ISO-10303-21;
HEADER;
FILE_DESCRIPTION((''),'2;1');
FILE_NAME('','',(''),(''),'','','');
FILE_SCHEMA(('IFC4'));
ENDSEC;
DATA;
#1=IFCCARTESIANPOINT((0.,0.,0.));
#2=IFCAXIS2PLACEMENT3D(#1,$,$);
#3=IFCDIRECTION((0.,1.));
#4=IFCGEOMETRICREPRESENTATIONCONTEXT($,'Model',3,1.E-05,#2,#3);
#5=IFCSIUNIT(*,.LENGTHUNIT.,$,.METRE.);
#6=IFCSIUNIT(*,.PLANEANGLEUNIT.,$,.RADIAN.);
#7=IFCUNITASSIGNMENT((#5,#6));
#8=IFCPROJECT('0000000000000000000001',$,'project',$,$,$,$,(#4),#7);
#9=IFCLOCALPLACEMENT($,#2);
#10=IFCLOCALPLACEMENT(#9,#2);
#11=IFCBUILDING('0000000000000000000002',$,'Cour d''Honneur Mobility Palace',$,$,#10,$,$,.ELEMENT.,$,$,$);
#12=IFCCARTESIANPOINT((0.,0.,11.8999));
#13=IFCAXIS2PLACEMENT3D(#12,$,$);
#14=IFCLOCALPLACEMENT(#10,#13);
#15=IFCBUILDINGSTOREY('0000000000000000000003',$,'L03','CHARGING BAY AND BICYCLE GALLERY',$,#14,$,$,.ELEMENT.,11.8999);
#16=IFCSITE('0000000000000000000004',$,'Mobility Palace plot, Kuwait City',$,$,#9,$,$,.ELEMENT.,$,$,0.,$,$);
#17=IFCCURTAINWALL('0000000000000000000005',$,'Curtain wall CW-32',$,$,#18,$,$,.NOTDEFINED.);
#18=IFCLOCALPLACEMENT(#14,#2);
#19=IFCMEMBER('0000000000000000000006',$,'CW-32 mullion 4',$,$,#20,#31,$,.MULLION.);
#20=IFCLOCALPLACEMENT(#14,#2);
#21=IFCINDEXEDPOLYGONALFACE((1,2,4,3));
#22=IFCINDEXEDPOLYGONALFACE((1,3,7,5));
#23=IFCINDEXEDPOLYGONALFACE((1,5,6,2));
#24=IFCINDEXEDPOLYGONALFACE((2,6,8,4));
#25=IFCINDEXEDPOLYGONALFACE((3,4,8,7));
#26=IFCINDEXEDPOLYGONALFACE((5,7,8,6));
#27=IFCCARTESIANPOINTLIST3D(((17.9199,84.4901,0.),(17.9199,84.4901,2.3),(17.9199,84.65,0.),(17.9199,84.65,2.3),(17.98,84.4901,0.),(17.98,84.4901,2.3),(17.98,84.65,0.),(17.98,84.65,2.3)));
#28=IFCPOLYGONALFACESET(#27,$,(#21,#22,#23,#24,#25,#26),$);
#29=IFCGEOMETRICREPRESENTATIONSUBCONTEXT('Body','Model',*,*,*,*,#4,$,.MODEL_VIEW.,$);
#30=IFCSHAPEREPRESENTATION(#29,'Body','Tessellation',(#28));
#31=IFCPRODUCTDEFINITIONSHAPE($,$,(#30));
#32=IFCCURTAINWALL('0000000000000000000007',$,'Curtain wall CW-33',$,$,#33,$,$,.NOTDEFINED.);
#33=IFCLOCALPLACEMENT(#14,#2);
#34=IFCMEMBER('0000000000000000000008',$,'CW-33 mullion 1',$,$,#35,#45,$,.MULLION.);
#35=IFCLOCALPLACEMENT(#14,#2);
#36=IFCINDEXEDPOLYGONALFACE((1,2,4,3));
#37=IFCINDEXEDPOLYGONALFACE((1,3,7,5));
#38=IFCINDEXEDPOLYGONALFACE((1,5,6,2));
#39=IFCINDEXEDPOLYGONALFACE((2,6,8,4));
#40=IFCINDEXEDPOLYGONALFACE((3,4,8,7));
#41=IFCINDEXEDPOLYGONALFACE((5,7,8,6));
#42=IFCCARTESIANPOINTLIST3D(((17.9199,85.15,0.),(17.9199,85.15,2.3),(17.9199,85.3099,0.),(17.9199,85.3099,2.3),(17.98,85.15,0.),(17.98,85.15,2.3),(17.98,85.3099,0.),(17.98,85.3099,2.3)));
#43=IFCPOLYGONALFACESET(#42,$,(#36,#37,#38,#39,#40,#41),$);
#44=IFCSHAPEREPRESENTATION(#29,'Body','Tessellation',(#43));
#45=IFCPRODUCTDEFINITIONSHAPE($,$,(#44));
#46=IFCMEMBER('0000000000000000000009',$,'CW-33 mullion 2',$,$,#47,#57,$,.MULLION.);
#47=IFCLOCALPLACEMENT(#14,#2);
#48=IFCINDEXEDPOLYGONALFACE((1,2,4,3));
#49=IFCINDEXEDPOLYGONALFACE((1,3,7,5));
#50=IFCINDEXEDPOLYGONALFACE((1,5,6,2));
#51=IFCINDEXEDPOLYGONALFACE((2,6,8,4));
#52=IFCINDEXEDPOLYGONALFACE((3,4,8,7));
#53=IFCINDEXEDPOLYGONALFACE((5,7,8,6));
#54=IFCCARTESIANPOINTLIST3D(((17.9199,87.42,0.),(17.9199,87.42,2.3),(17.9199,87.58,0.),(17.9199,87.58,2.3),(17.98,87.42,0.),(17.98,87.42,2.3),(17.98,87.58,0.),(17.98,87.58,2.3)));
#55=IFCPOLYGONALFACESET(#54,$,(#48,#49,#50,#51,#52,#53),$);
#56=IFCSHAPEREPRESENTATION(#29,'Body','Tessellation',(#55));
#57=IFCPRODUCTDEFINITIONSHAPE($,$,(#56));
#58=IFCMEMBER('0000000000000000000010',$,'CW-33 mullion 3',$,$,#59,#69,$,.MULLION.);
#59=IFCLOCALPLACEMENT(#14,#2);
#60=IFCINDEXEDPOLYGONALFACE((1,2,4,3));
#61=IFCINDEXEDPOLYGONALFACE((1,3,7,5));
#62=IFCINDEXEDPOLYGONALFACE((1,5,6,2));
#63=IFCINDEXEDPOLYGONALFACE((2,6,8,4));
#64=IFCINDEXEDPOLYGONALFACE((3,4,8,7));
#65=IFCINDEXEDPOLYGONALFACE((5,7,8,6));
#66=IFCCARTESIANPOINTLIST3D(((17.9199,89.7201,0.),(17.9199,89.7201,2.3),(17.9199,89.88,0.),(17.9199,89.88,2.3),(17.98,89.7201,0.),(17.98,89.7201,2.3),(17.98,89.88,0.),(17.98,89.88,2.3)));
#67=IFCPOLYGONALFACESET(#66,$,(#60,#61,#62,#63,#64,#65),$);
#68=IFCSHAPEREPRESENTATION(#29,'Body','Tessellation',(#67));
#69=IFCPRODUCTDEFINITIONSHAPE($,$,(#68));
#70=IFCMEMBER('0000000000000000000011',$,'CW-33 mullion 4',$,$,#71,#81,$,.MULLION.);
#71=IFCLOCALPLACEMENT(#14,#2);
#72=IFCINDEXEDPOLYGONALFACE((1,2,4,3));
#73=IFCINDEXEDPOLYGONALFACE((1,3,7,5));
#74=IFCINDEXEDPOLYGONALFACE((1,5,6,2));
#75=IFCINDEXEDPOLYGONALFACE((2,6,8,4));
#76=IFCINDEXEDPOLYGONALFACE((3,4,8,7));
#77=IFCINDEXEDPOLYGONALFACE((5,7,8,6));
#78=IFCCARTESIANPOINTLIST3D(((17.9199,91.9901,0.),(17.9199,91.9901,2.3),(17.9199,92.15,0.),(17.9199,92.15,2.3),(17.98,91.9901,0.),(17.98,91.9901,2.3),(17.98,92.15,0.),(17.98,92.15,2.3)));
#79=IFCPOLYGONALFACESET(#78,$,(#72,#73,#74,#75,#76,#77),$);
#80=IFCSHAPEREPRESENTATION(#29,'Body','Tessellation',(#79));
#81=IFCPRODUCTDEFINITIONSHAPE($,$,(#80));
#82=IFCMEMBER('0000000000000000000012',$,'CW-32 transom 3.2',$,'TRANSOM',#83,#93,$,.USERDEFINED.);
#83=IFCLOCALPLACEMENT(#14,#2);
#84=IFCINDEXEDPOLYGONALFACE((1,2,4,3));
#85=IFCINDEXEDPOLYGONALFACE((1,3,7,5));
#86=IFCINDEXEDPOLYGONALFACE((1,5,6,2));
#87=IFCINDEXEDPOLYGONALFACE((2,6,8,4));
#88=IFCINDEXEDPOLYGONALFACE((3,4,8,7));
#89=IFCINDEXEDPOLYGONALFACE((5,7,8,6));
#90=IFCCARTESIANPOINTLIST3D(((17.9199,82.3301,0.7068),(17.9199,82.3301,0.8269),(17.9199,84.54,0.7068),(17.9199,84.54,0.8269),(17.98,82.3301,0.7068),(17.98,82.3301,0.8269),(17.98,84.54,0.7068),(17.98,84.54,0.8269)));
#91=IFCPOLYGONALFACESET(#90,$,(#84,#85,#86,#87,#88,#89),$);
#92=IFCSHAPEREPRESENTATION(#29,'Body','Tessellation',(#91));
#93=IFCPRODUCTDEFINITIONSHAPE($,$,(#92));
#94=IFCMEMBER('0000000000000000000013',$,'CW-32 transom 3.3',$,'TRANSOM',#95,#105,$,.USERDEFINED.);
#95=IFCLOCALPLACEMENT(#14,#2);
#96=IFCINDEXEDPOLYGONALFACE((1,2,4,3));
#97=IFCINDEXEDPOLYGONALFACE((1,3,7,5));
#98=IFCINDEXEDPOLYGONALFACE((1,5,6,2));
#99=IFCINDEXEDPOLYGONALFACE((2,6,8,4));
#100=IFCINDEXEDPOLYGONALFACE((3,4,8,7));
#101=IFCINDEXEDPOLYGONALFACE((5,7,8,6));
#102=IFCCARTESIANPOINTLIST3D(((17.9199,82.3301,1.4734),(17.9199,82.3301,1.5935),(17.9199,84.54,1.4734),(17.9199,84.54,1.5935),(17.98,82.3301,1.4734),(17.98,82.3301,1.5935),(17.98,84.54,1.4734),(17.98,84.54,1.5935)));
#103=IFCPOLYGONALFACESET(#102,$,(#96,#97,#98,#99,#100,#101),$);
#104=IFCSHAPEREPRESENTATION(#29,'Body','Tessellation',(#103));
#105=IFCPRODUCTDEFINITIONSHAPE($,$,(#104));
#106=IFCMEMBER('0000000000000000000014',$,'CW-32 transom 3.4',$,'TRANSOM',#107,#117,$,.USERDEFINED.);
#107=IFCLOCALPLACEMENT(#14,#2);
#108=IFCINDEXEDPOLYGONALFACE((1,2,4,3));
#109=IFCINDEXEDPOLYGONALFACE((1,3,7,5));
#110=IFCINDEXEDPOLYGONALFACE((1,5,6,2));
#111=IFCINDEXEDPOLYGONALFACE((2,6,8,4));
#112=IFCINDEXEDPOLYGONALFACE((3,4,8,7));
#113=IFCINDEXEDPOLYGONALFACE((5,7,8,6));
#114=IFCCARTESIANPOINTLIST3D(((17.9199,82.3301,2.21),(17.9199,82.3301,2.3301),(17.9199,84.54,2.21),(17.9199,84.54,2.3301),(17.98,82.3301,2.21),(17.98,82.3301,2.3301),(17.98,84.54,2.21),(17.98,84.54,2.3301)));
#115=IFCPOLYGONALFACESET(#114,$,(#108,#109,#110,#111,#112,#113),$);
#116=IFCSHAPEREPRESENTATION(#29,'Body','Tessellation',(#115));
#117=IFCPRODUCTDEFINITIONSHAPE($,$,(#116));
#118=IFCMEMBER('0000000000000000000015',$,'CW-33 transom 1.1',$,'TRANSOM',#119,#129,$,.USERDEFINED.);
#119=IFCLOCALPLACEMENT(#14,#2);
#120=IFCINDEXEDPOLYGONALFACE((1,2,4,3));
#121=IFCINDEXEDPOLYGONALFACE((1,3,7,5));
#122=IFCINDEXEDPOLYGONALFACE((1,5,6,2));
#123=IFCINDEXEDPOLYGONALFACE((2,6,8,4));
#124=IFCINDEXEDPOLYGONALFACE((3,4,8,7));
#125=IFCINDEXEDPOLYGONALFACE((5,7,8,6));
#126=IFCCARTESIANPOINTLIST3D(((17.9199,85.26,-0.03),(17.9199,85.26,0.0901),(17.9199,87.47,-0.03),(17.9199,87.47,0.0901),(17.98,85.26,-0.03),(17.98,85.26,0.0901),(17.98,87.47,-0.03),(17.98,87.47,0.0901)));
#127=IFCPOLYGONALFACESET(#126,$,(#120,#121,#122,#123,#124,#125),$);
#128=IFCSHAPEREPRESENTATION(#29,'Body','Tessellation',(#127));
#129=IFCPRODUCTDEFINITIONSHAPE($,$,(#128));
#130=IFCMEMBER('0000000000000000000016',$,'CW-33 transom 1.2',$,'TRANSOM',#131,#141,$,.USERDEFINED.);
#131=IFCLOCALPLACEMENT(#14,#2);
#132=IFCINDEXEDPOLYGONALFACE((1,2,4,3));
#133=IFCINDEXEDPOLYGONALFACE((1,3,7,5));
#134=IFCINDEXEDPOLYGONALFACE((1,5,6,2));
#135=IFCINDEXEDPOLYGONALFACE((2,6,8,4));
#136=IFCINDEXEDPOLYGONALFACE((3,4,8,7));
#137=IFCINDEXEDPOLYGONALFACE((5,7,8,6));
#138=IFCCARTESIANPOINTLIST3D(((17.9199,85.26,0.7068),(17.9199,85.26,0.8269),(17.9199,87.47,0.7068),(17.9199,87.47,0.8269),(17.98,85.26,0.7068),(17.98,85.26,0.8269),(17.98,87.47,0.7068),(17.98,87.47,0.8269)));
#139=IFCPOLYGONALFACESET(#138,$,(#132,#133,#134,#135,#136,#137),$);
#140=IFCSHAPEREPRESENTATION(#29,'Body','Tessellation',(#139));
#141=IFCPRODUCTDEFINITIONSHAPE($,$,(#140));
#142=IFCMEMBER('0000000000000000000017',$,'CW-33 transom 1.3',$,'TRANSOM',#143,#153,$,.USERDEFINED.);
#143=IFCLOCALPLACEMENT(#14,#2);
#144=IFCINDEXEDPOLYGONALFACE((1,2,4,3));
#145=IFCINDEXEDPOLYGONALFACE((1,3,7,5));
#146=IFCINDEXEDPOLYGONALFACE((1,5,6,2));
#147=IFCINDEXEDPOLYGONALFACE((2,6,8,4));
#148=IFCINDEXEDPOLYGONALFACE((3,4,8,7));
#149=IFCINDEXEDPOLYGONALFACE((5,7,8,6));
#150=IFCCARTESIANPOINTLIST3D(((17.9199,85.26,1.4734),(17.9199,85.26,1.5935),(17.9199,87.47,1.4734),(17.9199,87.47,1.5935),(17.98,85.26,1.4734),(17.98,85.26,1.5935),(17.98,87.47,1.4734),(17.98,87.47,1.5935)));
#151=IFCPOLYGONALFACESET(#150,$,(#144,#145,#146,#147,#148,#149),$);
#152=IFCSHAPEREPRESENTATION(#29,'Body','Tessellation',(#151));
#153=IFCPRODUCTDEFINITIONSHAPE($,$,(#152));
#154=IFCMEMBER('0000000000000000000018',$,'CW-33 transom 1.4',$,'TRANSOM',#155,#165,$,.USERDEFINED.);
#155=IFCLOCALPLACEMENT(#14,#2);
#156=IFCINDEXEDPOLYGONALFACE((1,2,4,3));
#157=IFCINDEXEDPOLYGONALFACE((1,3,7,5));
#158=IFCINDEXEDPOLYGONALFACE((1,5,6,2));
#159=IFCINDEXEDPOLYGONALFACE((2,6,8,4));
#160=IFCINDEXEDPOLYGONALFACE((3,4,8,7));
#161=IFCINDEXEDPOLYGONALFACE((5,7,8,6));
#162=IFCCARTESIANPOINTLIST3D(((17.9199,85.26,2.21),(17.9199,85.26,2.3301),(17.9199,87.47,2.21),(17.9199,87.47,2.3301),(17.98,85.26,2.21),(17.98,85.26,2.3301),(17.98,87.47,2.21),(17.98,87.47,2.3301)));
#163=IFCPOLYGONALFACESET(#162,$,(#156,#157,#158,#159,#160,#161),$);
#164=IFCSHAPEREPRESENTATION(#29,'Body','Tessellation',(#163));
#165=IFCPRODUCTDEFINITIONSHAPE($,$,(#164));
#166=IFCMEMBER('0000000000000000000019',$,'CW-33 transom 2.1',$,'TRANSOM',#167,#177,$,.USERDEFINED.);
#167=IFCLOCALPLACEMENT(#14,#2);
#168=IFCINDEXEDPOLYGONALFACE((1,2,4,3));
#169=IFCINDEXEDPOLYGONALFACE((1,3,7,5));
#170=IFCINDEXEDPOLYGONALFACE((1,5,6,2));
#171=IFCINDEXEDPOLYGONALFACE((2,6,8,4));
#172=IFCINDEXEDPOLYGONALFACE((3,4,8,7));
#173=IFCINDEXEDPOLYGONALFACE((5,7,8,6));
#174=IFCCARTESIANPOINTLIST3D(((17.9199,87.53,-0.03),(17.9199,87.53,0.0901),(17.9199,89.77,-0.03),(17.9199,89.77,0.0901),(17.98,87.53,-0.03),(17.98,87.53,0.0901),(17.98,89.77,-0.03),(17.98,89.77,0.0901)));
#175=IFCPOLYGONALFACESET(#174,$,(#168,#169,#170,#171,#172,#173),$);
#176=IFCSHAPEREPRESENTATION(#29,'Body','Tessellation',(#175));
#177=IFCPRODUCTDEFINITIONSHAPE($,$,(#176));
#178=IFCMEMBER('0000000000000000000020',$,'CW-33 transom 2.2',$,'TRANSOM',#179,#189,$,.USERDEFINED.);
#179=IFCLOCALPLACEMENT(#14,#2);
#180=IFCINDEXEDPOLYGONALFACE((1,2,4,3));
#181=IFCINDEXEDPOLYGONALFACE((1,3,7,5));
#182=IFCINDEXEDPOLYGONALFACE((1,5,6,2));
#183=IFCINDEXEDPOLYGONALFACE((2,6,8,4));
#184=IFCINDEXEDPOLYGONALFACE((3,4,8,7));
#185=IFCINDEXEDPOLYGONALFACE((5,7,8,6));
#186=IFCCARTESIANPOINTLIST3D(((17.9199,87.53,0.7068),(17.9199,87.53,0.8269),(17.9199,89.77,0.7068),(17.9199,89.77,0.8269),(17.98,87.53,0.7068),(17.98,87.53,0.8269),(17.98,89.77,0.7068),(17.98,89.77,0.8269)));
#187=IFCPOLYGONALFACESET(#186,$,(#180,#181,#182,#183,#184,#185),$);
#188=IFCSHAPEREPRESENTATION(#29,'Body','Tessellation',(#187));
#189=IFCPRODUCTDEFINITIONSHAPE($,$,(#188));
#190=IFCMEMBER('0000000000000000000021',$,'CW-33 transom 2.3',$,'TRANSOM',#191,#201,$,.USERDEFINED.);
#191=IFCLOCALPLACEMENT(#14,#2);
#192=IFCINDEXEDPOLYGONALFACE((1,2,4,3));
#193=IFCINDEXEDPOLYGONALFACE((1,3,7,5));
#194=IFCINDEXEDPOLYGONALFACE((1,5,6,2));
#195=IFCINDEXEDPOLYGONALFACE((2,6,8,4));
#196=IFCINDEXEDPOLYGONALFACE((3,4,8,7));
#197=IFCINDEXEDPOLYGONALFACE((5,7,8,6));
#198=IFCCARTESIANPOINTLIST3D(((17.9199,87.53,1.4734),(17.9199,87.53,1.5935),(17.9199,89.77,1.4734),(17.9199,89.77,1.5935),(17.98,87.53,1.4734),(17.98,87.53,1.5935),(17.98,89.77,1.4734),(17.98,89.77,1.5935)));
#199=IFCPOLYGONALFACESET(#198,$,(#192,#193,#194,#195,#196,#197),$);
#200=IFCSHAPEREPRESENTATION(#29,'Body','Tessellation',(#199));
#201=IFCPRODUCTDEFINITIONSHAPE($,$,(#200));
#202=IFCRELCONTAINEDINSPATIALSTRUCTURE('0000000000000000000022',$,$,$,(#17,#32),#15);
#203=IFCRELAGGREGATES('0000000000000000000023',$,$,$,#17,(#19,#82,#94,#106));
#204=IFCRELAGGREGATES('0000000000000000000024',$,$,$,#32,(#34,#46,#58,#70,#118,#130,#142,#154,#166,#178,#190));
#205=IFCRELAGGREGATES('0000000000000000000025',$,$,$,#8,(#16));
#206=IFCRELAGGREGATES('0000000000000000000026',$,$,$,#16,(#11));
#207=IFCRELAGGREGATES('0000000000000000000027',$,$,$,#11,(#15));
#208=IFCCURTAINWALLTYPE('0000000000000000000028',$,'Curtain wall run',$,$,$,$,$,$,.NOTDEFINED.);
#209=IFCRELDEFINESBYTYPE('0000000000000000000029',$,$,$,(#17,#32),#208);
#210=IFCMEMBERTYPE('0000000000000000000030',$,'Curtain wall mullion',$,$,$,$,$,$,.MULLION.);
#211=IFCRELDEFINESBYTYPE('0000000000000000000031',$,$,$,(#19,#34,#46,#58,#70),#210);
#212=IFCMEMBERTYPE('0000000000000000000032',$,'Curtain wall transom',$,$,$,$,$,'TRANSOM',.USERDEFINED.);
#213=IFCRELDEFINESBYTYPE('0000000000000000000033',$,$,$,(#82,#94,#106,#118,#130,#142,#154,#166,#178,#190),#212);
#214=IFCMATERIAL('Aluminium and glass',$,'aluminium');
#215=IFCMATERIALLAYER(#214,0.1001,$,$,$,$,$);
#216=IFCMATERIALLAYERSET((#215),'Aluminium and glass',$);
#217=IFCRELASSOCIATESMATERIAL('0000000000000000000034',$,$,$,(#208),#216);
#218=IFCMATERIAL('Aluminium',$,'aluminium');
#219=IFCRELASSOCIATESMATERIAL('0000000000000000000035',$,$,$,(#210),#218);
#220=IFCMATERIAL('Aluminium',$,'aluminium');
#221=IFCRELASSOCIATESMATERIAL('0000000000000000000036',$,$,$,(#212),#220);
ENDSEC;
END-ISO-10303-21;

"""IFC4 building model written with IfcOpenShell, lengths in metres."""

from ifc_helpers import new_model, si_unit, direction, frame, origin, origin_2d, place, context, subcontext, project, spatial, rectangle, extrude, material, layer, layer_set, material_profile, profile_set, type_object, element, aggregate, save


model = new_model("IFC4")

# Units and contexts
model_context = context("Model", 3, precision=1e-05, world=origin(), true_north=direction((0.0, 1.0)))
body_context = subcontext(model_context, "Body", "Model", "MODEL_VIEW")
ifc_project = project(units=[si_unit("LENGTHUNIT", "METRE"), si_unit("PLANEANGLEUNIT", "RADIAN")], contexts=[model_context])

# Site, building, storey
site_placement = place(None, origin())
site = spatial("IfcSite", under=ifc_project, at=site_placement, Name="Mobility Palace plot, Kuwait City", CompositionType="ELEMENT", RefElevation=0.0)
building_placement = place(site_placement, origin())
building = spatial("IfcBuilding", under=site, at=building_placement, Name="Cour d'Honneur Mobility Palace", CompositionType="ELEMENT")
storey_placement = place(building_placement, frame((0.0, 0.0, 11.8999)))
storey = spatial("IfcBuildingStorey", under=building, at=storey_placement, Name="L03", Description="CHARGING BAY AND BICYCLE GALLERY", CompositionType="ELEMENT", Elevation=11.8999)

# Curtain wall, member
ifc_material_1 = material(Name="Aluminium and glass", Category="aluminium")
ifc_layer_1 = layer(ifc_material_1, 0.1001)
ifc_layer_set_1 = layer_set([ifc_layer_1], Name="Aluminium and glass")
curtain_wall_type = type_object("IfcCurtainWallType", Name="Curtain wall run", PredefinedType="NOTDEFINED", material=ifc_layer_set_1)
curtain_wall_1_placement = place(storey_placement, origin())
curtain_wall_1 = element("IfcCurtainWall", 1, at=curtain_wall_1_placement, inside=storey, type_object=curtain_wall_type, Name="Curtain wall CW-32", PredefinedType="NOTDEFINED")
ifc_material_2 = material(Name="Aluminium", Category="aluminium")
ifc_material_profile_1 = material_profile(ifc_material_2, rectangle(XDim=0.0601, YDim=0.1599, at=origin_2d()), Name="Curtain wall mullion")
ifc_profile_set_1 = profile_set([ifc_material_profile_1], Name="Aluminium")
member_type_1 = type_object("IfcMemberType", Name="Curtain wall mullion", PredefinedType="MULLION", material=ifc_profile_set_1)
member_1_placement = place(storey_placement, frame((17.95, 84.5701, 0.0), z_axis=(0.0, 0.0, 1.0), x_axis=(-1.0, 0.0, 0.0)))
member_1 = element("IfcMember", 2, at=member_1_placement, type_object=member_type_1, Name="CW-32 mullion 4", PredefinedType="MULLION", context=body_context, shape_type="SweptSolid", body=[
    extrude(rectangle(XDim=0.0601, YDim=0.1599, at=origin_2d()), origin(), (0.0, 0.0, 1.0), 2.3),
])

# Curtain wall, members
curtain_wall_2_placement = place(storey_placement, origin())
curtain_wall_2 = element("IfcCurtainWall", 3, at=curtain_wall_2_placement, inside=storey, type_object=curtain_wall_type, Name="Curtain wall CW-33", PredefinedType="NOTDEFINED")
member_2_placement = place(storey_placement, frame((17.95, 85.23, 0.0), z_axis=(0.0, 0.0, 1.0), x_axis=(-1.0, 0.0, 0.0)))
member_2 = element("IfcMember", 4, at=member_2_placement, type_object=member_type_1, Name="CW-33 mullion 1", PredefinedType="MULLION", context=body_context, shape_type="SweptSolid", body=[
    extrude(rectangle(XDim=0.0601, YDim=0.1599, at=origin_2d()), origin(), (0.0, 0.0, 1.0), 2.3),
])
member_3_placement = place(storey_placement, frame((17.95, 87.5, 0.0), z_axis=(0.0, 0.0, 1.0), x_axis=(-1.0, 0.0, 0.0)))
member_3 = element("IfcMember", 5, at=member_3_placement, type_object=member_type_1, Name="CW-33 mullion 2", PredefinedType="MULLION", context=body_context, shape_type="SweptSolid", body=[
    extrude(rectangle(XDim=0.0601, YDim=0.1599, at=origin_2d()), origin(), (0.0, 0.0, 1.0), 2.3),
])
member_4_placement = place(storey_placement, frame((17.95, 89.8, 0.0), z_axis=(0.0, 0.0, 1.0), x_axis=(-1.0, 0.0, 0.0)))
member_4 = element("IfcMember", 6, at=member_4_placement, type_object=member_type_1, Name="CW-33 mullion 3", PredefinedType="MULLION", context=body_context, shape_type="SweptSolid", body=[
    extrude(rectangle(XDim=0.0601, YDim=0.1599, at=origin_2d()), origin(), (0.0, 0.0, 1.0), 2.3),
])
member_5_placement = place(storey_placement, frame((17.95, 92.0701, 0.0), z_axis=(0.0, 0.0, 1.0), x_axis=(-1.0, 0.0, 0.0)))
member_5 = element("IfcMember", 7, at=member_5_placement, type_object=member_type_1, Name="CW-33 mullion 4", PredefinedType="MULLION", context=body_context, shape_type="SweptSolid", body=[
    extrude(rectangle(XDim=0.0601, YDim=0.1599, at=origin_2d()), origin(), (0.0, 0.0, 1.0), 2.3),
])

# Members
ifc_material_3 = material(Name="Aluminium", Category="aluminium")
ifc_material_profile_2 = material_profile(ifc_material_3, rectangle(XDim=0.0601, YDim=0.1201, at=origin_2d()), Name="Curtain wall transom")
ifc_profile_set_2 = profile_set([ifc_material_profile_2], Name="Aluminium")
member_type_2 = type_object("IfcMemberType", Name="Curtain wall transom", ElementType="TRANSOM", PredefinedType="USERDEFINED", material=ifc_profile_set_2)
member_6_placement = place(storey_placement, frame((17.95, 82.3301, 0.7668), z_axis=(0.0, 1.0, 0.0), x_axis=(-1.0, 0.0, 0.0)))
member_6 = element("IfcMember", 8, at=member_6_placement, type_object=member_type_2, Name="CW-32 transom 3.2", ObjectType="TRANSOM", PredefinedType="USERDEFINED", context=body_context, shape_type="SweptSolid", body=[
    extrude(rectangle(XDim=0.0601, YDim=0.1201, at=origin_2d()), origin(), (0.0, 0.0, 1.0), 2.21),
])
member_7_placement = place(storey_placement, frame((17.95, 82.3301, 1.5334), z_axis=(0.0, 1.0, 0.0), x_axis=(-1.0, 0.0, 0.0)))
member_7 = element("IfcMember", 9, at=member_7_placement, type_object=member_type_2, Name="CW-32 transom 3.3", ObjectType="TRANSOM", PredefinedType="USERDEFINED", context=body_context, shape_type="SweptSolid", body=[
    extrude(rectangle(XDim=0.0601, YDim=0.1201, at=origin_2d()), origin(), (0.0, 0.0, 1.0), 2.21),
])
member_8_placement = place(storey_placement, frame((17.95, 82.3301, 2.27), z_axis=(0.0, 1.0, 0.0), x_axis=(-1.0, 0.0, 0.0)))
member_8 = element("IfcMember", 10, at=member_8_placement, type_object=member_type_2, Name="CW-32 transom 3.4", ObjectType="TRANSOM", PredefinedType="USERDEFINED", context=body_context, shape_type="SweptSolid", body=[
    extrude(rectangle(XDim=0.0601, YDim=0.1201, at=origin_2d()), origin(), (0.0, 0.0, 1.0), 2.21),
])
member_9_placement = place(storey_placement, frame((17.95, 85.26, 0.03), z_axis=(0.0, 1.0, 0.0), x_axis=(-1.0, 0.0, 0.0)))
member_9 = element("IfcMember", 11, at=member_9_placement, type_object=member_type_2, Name="CW-33 transom 1.1", ObjectType="TRANSOM", PredefinedType="USERDEFINED", context=body_context, shape_type="SweptSolid", body=[
    extrude(rectangle(XDim=0.0601, YDim=0.1201, at=origin_2d()), origin(), (0.0, 0.0, 1.0), 2.21),
])
member_10_placement = place(storey_placement, frame((17.95, 85.26, 0.7668), z_axis=(0.0, 1.0, 0.0), x_axis=(-1.0, 0.0, 0.0)))
member_10 = element("IfcMember", 12, at=member_10_placement, type_object=member_type_2, Name="CW-33 transom 1.2", ObjectType="TRANSOM", PredefinedType="USERDEFINED", context=body_context, shape_type="SweptSolid", body=[
    extrude(rectangle(XDim=0.0601, YDim=0.1201, at=origin_2d()), origin(), (0.0, 0.0, 1.0), 2.21),
])
member_11_placement = place(storey_placement, frame((17.95, 85.26, 1.5334), z_axis=(0.0, 1.0, 0.0), x_axis=(-1.0, 0.0, 0.0)))
member_11 = element("IfcMember", 13, at=member_11_placement, type_object=member_type_2, Name="CW-33 transom 1.3", ObjectType="TRANSOM", PredefinedType="USERDEFINED", context=body_context, shape_type="SweptSolid", body=[
    extrude(rectangle(XDim=0.0601, YDim=0.1201, at=origin_2d()), origin(), (0.0, 0.0, 1.0), 2.21),
])
member_12_placement = place(storey_placement, frame((17.95, 85.26, 2.27), z_axis=(0.0, 1.0, 0.0), x_axis=(-1.0, 0.0, 0.0)))
member_12 = element("IfcMember", 14, at=member_12_placement, type_object=member_type_2, Name="CW-33 transom 1.4", ObjectType="TRANSOM", PredefinedType="USERDEFINED", context=body_context, shape_type="SweptSolid", body=[
    extrude(rectangle(XDim=0.0601, YDim=0.1201, at=origin_2d()), origin(), (0.0, 0.0, 1.0), 2.21),
])
member_13_placement = place(storey_placement, frame((17.95, 87.53, 0.03), z_axis=(0.0, 1.0, 0.0), x_axis=(-1.0, 0.0, 0.0)))
member_13 = element("IfcMember", 15, at=member_13_placement, type_object=member_type_2, Name="CW-33 transom 2.1", ObjectType="TRANSOM", PredefinedType="USERDEFINED", context=body_context, shape_type="SweptSolid", body=[
    extrude(rectangle(XDim=0.0601, YDim=0.1201, at=origin_2d()), origin(), (0.0, 0.0, 1.0), 2.24),
])
member_14_placement = place(storey_placement, frame((17.95, 87.53, 0.7668), z_axis=(0.0, 1.0, 0.0), x_axis=(-1.0, 0.0, 0.0)))
member_14 = element("IfcMember", 16, at=member_14_placement, type_object=member_type_2, Name="CW-33 transom 2.2", ObjectType="TRANSOM", PredefinedType="USERDEFINED", context=body_context, shape_type="SweptSolid", body=[
    extrude(rectangle(XDim=0.0601, YDim=0.1201, at=origin_2d()), origin(), (0.0, 0.0, 1.0), 2.24),
])
member_15_placement = place(storey_placement, frame((17.95, 87.53, 1.5334), z_axis=(0.0, 1.0, 0.0), x_axis=(-1.0, 0.0, 0.0)))
member_15 = element("IfcMember", 17, at=member_15_placement, type_object=member_type_2, Name="CW-33 transom 2.3", ObjectType="TRANSOM", PredefinedType="USERDEFINED", context=body_context, shape_type="SweptSolid", body=[
    extrude(rectangle(XDim=0.0601, YDim=0.1201, at=origin_2d()), origin(), (0.0, 0.0, 1.0), 2.24),
])

aggregate(curtain_wall_1, [member_1, member_6, member_7, member_8])
aggregate(curtain_wall_2, [member_2, member_3, member_4, member_5, member_9, member_10, member_11, member_12, member_13, member_14, member_15])

save(model, "model.ifc")
